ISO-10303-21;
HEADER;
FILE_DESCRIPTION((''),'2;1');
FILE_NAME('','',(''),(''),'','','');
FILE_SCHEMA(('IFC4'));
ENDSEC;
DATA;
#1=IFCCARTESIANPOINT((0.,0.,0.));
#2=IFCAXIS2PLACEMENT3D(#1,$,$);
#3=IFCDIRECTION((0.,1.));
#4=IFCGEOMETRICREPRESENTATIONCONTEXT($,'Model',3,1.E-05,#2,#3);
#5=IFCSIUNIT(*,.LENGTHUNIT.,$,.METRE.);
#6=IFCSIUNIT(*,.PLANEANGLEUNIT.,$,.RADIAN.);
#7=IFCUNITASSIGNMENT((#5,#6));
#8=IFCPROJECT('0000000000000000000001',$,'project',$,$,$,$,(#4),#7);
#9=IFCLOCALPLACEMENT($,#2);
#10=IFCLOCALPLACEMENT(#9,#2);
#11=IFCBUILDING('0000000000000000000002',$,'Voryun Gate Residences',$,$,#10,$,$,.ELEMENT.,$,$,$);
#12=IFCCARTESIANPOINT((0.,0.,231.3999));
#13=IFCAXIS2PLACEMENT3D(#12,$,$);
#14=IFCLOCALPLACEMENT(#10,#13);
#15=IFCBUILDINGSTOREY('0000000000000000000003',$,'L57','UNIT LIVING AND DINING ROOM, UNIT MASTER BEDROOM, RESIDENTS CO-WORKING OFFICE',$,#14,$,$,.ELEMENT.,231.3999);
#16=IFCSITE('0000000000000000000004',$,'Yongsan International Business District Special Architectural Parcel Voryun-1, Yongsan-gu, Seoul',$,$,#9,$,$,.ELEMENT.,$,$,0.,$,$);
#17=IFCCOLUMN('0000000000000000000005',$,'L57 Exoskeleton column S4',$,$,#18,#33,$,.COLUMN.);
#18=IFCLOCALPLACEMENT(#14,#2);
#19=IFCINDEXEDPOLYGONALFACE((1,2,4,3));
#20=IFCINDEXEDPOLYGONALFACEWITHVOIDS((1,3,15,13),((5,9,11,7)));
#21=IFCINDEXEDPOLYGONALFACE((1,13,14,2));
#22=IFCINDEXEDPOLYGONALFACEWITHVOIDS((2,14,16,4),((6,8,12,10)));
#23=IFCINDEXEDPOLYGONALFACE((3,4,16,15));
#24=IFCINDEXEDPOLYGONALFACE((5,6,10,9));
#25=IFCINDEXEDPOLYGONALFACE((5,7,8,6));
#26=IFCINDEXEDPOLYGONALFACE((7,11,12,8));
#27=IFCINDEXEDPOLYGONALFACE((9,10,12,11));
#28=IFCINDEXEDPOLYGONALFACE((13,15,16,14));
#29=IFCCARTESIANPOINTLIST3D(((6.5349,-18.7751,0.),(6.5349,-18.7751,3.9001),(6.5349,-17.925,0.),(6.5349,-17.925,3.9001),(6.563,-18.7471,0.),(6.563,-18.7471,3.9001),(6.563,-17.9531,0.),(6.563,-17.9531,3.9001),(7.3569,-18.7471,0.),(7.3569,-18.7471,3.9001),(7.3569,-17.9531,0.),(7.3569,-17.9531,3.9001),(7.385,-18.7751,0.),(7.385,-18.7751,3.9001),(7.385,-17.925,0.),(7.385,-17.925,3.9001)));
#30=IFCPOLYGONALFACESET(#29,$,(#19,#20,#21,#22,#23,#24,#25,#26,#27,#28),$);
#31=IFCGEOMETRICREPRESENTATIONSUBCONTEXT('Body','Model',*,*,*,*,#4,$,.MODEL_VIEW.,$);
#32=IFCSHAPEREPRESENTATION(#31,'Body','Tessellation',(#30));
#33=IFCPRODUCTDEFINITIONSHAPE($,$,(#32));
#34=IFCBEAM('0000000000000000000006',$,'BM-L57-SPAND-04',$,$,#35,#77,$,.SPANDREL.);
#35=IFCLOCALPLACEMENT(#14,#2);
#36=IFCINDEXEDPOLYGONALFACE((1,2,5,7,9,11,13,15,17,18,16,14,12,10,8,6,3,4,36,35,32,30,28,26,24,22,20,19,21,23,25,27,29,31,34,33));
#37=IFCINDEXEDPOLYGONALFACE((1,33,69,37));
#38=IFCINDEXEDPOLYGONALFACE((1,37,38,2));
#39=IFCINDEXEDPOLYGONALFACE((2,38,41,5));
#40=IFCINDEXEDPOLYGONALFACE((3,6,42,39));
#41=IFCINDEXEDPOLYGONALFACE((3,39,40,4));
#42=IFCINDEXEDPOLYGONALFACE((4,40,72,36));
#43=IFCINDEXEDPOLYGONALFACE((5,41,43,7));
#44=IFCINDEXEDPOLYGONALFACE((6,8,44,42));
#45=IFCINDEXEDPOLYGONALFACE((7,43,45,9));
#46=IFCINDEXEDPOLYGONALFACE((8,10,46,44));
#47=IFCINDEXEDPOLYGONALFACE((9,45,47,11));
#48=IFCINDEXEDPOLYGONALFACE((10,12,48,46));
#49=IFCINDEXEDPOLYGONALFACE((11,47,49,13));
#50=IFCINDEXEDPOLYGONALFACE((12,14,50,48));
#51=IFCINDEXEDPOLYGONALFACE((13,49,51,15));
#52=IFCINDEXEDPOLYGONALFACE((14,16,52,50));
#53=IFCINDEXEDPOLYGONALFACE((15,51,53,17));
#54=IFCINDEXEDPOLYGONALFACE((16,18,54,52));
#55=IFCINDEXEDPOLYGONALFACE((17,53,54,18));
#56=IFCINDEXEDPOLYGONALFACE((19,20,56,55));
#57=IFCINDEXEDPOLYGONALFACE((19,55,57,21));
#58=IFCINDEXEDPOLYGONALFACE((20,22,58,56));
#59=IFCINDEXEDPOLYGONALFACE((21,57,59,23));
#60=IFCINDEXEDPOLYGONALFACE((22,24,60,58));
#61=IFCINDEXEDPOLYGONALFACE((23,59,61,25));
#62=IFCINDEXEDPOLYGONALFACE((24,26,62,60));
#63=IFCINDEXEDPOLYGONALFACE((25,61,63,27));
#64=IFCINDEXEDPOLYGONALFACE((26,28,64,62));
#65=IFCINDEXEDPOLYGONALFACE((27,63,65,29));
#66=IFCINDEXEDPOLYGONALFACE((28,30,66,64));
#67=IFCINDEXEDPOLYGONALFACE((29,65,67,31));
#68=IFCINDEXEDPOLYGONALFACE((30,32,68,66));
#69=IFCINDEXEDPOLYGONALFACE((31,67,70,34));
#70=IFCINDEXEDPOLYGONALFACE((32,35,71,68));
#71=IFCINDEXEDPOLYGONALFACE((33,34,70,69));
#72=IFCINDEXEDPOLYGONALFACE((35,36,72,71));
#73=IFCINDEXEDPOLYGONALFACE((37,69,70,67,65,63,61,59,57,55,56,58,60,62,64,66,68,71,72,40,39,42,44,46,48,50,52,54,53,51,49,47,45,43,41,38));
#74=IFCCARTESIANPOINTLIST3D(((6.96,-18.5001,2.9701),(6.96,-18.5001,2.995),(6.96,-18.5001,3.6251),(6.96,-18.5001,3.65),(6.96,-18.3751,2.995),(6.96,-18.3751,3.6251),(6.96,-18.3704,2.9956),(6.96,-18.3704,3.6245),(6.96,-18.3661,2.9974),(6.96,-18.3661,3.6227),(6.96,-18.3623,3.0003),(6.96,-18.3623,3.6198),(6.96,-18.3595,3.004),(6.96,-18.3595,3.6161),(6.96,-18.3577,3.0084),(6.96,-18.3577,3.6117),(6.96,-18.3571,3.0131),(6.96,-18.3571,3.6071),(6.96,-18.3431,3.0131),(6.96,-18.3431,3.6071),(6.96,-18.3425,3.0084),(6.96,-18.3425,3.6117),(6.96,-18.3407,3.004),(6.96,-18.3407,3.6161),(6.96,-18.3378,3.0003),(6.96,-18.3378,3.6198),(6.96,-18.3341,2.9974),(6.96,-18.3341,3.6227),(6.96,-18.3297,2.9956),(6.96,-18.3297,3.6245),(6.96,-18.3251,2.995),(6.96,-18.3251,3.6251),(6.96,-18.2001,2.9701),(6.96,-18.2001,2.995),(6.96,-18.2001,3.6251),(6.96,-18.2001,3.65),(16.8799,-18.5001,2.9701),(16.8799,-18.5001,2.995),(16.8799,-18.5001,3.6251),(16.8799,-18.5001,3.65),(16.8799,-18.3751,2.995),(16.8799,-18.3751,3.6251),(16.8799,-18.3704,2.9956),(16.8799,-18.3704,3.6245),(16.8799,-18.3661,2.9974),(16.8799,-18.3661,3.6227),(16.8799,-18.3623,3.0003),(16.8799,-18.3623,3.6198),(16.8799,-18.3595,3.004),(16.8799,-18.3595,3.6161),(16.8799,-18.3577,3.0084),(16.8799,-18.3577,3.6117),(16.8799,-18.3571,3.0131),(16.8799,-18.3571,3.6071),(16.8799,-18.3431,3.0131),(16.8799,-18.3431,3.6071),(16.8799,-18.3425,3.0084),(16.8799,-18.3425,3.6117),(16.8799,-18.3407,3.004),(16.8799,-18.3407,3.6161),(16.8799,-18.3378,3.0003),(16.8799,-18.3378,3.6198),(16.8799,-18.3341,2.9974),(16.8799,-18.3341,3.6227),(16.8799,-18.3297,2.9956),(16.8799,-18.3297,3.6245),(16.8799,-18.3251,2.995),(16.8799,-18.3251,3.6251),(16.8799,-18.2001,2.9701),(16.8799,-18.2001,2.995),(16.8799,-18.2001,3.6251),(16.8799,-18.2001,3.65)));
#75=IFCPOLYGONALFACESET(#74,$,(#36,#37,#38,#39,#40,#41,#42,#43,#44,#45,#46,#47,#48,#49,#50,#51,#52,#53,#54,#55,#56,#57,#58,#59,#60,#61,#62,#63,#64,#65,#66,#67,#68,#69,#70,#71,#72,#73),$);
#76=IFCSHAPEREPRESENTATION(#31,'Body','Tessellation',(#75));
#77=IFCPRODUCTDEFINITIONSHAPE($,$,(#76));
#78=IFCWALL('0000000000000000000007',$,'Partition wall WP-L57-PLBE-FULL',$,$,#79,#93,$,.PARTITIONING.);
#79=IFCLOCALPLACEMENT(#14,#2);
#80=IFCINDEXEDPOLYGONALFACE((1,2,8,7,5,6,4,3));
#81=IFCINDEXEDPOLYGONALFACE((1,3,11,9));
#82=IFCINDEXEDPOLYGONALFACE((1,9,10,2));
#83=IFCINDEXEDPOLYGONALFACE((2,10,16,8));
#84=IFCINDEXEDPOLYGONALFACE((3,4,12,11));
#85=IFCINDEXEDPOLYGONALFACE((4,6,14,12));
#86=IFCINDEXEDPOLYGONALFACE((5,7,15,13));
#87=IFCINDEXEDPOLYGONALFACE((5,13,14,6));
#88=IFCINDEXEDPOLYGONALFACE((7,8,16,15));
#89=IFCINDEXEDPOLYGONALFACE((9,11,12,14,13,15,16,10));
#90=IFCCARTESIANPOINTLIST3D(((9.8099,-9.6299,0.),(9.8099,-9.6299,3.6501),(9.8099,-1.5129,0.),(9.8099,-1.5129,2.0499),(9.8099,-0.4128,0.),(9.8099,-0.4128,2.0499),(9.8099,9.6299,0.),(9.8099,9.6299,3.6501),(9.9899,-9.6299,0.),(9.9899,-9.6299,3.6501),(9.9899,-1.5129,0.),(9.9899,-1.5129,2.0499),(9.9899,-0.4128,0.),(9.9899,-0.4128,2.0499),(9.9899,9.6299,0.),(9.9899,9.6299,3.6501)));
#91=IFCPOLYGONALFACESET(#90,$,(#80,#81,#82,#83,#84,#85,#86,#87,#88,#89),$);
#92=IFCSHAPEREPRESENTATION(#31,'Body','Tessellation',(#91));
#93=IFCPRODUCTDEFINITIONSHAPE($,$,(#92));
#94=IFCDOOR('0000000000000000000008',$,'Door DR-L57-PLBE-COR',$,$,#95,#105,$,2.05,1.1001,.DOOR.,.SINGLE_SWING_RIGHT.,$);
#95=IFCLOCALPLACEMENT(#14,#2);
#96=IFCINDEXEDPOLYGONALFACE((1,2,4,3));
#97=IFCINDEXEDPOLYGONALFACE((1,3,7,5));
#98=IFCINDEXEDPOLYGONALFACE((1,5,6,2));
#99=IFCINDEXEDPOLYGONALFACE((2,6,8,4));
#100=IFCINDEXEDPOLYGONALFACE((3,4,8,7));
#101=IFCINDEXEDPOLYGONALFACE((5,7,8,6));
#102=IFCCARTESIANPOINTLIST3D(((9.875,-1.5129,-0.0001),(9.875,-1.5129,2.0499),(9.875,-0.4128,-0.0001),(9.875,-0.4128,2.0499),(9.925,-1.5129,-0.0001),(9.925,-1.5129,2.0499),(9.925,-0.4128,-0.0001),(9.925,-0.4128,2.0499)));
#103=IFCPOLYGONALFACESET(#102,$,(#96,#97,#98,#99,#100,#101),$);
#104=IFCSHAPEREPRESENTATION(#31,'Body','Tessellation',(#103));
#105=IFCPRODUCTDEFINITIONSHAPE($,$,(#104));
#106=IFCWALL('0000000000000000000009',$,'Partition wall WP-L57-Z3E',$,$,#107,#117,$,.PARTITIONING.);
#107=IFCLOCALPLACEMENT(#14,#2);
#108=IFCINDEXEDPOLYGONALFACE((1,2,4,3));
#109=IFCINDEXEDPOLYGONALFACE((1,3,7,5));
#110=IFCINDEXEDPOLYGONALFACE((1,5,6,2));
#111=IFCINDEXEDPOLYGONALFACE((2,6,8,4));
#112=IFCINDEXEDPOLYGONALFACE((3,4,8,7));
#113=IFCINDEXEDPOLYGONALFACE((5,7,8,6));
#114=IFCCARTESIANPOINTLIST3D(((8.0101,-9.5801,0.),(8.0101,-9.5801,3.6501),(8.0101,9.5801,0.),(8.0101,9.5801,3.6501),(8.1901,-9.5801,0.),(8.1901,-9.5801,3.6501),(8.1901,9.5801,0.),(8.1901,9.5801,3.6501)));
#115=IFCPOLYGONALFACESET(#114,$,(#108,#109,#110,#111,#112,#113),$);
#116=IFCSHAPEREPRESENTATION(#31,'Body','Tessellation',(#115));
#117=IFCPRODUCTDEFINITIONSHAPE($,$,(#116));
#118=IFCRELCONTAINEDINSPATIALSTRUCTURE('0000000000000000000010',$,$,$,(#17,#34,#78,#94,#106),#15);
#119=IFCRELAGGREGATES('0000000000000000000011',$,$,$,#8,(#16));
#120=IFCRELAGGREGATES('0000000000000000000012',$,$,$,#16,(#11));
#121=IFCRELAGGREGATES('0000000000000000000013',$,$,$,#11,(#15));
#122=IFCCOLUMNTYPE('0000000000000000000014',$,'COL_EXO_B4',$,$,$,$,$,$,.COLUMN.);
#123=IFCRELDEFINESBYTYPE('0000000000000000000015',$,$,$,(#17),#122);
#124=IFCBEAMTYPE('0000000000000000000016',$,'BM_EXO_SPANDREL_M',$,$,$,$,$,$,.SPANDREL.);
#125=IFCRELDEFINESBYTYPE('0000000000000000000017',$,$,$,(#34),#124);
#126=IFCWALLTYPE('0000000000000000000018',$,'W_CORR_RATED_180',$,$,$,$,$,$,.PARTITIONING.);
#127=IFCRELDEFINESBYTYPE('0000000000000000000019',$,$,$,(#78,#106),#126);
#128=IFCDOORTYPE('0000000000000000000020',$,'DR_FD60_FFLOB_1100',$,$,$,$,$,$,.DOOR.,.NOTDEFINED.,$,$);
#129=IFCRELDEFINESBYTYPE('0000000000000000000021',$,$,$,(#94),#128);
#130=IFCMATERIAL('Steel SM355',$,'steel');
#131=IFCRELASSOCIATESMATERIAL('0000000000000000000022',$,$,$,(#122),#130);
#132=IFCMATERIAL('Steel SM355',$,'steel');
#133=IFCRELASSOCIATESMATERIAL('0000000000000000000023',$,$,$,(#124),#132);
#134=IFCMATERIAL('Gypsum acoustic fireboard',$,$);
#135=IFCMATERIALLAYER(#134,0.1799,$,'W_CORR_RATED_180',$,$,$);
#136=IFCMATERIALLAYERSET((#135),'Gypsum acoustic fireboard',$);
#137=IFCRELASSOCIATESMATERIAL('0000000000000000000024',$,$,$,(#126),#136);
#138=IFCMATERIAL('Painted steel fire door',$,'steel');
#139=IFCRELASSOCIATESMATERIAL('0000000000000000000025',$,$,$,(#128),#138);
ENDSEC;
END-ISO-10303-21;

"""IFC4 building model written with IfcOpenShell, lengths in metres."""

from ifc_helpers import new_model, si_unit, direction, frame, frame_2d, origin, origin_2d, place, context, subcontext, project, spatial, rectangle, hollow_rectangle, i_section, extrude, material, layer, layer_set, material_profile, profile_set, type_object, element, fill, save


model = new_model("IFC4")

# Units and contexts
model_context = context("Model", 3, precision=1e-05, world=origin(), true_north=direction((0.0, 1.0)))
body_context = subcontext(model_context, "Body", "Model", "MODEL_VIEW")
ifc_project = project(units=[si_unit("LENGTHUNIT", "METRE"), si_unit("PLANEANGLEUNIT", "RADIAN")], contexts=[model_context])

# Site, building, storey
site_placement = place(None, origin())
site = spatial("IfcSite", under=ifc_project, at=site_placement, Name="Yongsan International Business District Special Architectural Parcel Voryun-1, Yongsan-gu, Seoul", CompositionType="ELEMENT", RefElevation=0.0)
building_placement = place(site_placement, origin())
building = spatial("IfcBuilding", under=site, at=building_placement, Name="Voryun Gate Residences", CompositionType="ELEMENT")
storey_placement = place(building_placement, frame((0.0, 0.0, 231.3999)))
storey = spatial("IfcBuildingStorey", under=building, at=storey_placement, Name="L57", Description="UNIT LIVING AND DINING ROOM, UNIT MASTER BEDROOM, RESIDENTS CO-WORKING OFFICE", CompositionType="ELEMENT", Elevation=231.3999)

# Column
ifc_material_1 = material(Name="Steel SM355", Category="steel")
ifc_material_profile_1 = material_profile(ifc_material_1, hollow_rectangle(XDim=0.8501, YDim=0.8501, WallThickness=0.0281, at=origin_2d()), Name="BOX-850x850x28")
ifc_profile_set_1 = profile_set([ifc_material_profile_1], Name="Steel SM355")
column_type = type_object("IfcColumnType", Name="COL_EXO_B4", PredefinedType="COLUMN", material=ifc_profile_set_1)
column_placement = place(storey_placement, frame((6.96, -18.3501, 0.0), z_axis=(0.0, 0.0, 1.0), x_axis=(1.0, 0.0, 0.0)))
element("IfcColumn", 1, at=column_placement, inside=storey, type_object=column_type, Name="L57 Exoskeleton column S4", PredefinedType="COLUMN", context=body_context, shape_type="SweptSolid", body=[
    extrude(hollow_rectangle(XDim=0.8501, YDim=0.8501, WallThickness=0.0281, at=origin_2d()), origin(), (0.0, 0.0, 1.0), 3.9001),
])

# Beam
ifc_material_2 = material(Name="Steel SM355", Category="steel")
ifc_material_profile_2 = material_profile(ifc_material_2, i_section(OverallWidth=0.3, OverallDepth=0.6799, WebThickness=0.0139, FlangeThickness=0.0249, FilletRadius=0.0181, at=origin_2d()), Name="H-680x300x14x25")
ifc_profile_set_2 = profile_set([ifc_material_profile_2], Name="Steel SM355")
beam_type = type_object("IfcBeamType", Name="BM_EXO_SPANDREL_M", PredefinedType="SPANDREL", material=ifc_profile_set_2)
beam_placement = place(storey_placement, frame((6.96, -18.3501, 3.3101), z_axis=(1.0, 0.0, 0.0), x_axis=(0.0, 1.0, 0.0)))
element("IfcBeam", 2, at=beam_placement, inside=storey, type_object=beam_type, Name="BM-L57-SPAND-04", PredefinedType="SPANDREL", context=body_context, shape_type="SweptSolid", body=[
    extrude(i_section(OverallWidth=0.3, OverallDepth=0.6799, WebThickness=0.0139, FlangeThickness=0.0249, FilletRadius=0.0181, at=origin_2d()), origin(), (0.0, 0.0, 1.0), 9.9199),
])

# Wall, opening, door
ifc_material_3 = material(Name="Gypsum acoustic fireboard")
ifc_layer_1 = layer(ifc_material_3, 0.1799, Name="W_CORR_RATED_180")
ifc_layer_set_1 = layer_set([ifc_layer_1], Name="Gypsum acoustic fireboard")
wall_type_1 = type_object("IfcWallType", Name="W_CORR_RATED_180", PredefinedType="PARTITIONING", material=ifc_layer_set_1)
wall_1_placement = place(storey_placement, frame((9.8999, -9.6299, 0.0), z_axis=(0.0, 0.0, 1.0), x_axis=(0.0, 1.0, 0.0)))
wall_1 = element("IfcWall", 3, at=wall_1_placement, inside=storey, type_object=wall_type_1, Name="Partition wall WP-L57-PLBE-FULL", PredefinedType="PARTITIONING", context=body_context, shape_type="SweptSolid", body=[
    extrude(rectangle(XDim=19.2598, YDim=0.1799, at=frame_2d((9.6299, 0.0))), origin(), (0.0, 0.0, 1.0), 3.6501),
])
opening_1_placement = place(wall_1_placement, frame((8.1169, 0.0, 0.0)))
opening_1 = element("IfcOpeningElement", 4, at=opening_1_placement, cuts=wall_1, PredefinedType="OPENING", context=body_context, shape_type="SweptSolid", body=[
    extrude(rectangle(XDim=1.1001, YDim=2.05, at=frame_2d((0.55, 1.0249))), frame((0.0, 0.0999, 0.0), z_axis=(0.0, -1.0, 0.0), x_axis=(1.0, 0.0, 0.0)), (0.0, 0.0, 1.0), 0.2),
])
ifc_material_4 = material(Name="Painted steel fire door", Category="steel")
door_type_1 = type_object("IfcDoorType", Name="DR_FD60_FFLOB_1100", OperationType="NOTDEFINED", PredefinedType="DOOR", material=ifc_material_4)
door_1_placement = place(opening_1_placement, origin())
door_1 = element("IfcDoor", 5, at=door_1_placement, inside=storey, type_object=door_type_1, Name="Door DR-L57-PLBE-COR", OperationType="SINGLE_SWING_RIGHT", OverallHeight=2.05, OverallWidth=1.1001, PredefinedType="DOOR", context=body_context, shape_type="SweptSolid", body=[
    extrude(rectangle(XDim=1.1001, YDim=2.05, at=frame_2d((0.55, 1.0249))), frame((0.0, 0.0249, 0.0), z_axis=(0.0, -1.0, 0.0), x_axis=(1.0, 0.0, 0.0)), (0.0, 0.0, 1.0), 0.05),
])
fill(opening_1, door_1)

# Wall
wall_2_placement = place(storey_placement, frame((8.1001, -9.5801, 0.0), z_axis=(0.0, 0.0, 1.0), x_axis=(0.0, 1.0, 0.0)))
element("IfcWall", 6, at=wall_2_placement, inside=storey, type_object=wall_type_1, Name="Partition wall WP-L57-Z3E", PredefinedType="PARTITIONING", context=body_context, shape_type="SweptSolid", body=[
    extrude(rectangle(XDim=19.1602, YDim=0.1799, at=frame_2d((9.5801, 0.0))), origin(), (0.0, 0.0, 1.0), 3.6501),
])

save(model, "model.ifc")
